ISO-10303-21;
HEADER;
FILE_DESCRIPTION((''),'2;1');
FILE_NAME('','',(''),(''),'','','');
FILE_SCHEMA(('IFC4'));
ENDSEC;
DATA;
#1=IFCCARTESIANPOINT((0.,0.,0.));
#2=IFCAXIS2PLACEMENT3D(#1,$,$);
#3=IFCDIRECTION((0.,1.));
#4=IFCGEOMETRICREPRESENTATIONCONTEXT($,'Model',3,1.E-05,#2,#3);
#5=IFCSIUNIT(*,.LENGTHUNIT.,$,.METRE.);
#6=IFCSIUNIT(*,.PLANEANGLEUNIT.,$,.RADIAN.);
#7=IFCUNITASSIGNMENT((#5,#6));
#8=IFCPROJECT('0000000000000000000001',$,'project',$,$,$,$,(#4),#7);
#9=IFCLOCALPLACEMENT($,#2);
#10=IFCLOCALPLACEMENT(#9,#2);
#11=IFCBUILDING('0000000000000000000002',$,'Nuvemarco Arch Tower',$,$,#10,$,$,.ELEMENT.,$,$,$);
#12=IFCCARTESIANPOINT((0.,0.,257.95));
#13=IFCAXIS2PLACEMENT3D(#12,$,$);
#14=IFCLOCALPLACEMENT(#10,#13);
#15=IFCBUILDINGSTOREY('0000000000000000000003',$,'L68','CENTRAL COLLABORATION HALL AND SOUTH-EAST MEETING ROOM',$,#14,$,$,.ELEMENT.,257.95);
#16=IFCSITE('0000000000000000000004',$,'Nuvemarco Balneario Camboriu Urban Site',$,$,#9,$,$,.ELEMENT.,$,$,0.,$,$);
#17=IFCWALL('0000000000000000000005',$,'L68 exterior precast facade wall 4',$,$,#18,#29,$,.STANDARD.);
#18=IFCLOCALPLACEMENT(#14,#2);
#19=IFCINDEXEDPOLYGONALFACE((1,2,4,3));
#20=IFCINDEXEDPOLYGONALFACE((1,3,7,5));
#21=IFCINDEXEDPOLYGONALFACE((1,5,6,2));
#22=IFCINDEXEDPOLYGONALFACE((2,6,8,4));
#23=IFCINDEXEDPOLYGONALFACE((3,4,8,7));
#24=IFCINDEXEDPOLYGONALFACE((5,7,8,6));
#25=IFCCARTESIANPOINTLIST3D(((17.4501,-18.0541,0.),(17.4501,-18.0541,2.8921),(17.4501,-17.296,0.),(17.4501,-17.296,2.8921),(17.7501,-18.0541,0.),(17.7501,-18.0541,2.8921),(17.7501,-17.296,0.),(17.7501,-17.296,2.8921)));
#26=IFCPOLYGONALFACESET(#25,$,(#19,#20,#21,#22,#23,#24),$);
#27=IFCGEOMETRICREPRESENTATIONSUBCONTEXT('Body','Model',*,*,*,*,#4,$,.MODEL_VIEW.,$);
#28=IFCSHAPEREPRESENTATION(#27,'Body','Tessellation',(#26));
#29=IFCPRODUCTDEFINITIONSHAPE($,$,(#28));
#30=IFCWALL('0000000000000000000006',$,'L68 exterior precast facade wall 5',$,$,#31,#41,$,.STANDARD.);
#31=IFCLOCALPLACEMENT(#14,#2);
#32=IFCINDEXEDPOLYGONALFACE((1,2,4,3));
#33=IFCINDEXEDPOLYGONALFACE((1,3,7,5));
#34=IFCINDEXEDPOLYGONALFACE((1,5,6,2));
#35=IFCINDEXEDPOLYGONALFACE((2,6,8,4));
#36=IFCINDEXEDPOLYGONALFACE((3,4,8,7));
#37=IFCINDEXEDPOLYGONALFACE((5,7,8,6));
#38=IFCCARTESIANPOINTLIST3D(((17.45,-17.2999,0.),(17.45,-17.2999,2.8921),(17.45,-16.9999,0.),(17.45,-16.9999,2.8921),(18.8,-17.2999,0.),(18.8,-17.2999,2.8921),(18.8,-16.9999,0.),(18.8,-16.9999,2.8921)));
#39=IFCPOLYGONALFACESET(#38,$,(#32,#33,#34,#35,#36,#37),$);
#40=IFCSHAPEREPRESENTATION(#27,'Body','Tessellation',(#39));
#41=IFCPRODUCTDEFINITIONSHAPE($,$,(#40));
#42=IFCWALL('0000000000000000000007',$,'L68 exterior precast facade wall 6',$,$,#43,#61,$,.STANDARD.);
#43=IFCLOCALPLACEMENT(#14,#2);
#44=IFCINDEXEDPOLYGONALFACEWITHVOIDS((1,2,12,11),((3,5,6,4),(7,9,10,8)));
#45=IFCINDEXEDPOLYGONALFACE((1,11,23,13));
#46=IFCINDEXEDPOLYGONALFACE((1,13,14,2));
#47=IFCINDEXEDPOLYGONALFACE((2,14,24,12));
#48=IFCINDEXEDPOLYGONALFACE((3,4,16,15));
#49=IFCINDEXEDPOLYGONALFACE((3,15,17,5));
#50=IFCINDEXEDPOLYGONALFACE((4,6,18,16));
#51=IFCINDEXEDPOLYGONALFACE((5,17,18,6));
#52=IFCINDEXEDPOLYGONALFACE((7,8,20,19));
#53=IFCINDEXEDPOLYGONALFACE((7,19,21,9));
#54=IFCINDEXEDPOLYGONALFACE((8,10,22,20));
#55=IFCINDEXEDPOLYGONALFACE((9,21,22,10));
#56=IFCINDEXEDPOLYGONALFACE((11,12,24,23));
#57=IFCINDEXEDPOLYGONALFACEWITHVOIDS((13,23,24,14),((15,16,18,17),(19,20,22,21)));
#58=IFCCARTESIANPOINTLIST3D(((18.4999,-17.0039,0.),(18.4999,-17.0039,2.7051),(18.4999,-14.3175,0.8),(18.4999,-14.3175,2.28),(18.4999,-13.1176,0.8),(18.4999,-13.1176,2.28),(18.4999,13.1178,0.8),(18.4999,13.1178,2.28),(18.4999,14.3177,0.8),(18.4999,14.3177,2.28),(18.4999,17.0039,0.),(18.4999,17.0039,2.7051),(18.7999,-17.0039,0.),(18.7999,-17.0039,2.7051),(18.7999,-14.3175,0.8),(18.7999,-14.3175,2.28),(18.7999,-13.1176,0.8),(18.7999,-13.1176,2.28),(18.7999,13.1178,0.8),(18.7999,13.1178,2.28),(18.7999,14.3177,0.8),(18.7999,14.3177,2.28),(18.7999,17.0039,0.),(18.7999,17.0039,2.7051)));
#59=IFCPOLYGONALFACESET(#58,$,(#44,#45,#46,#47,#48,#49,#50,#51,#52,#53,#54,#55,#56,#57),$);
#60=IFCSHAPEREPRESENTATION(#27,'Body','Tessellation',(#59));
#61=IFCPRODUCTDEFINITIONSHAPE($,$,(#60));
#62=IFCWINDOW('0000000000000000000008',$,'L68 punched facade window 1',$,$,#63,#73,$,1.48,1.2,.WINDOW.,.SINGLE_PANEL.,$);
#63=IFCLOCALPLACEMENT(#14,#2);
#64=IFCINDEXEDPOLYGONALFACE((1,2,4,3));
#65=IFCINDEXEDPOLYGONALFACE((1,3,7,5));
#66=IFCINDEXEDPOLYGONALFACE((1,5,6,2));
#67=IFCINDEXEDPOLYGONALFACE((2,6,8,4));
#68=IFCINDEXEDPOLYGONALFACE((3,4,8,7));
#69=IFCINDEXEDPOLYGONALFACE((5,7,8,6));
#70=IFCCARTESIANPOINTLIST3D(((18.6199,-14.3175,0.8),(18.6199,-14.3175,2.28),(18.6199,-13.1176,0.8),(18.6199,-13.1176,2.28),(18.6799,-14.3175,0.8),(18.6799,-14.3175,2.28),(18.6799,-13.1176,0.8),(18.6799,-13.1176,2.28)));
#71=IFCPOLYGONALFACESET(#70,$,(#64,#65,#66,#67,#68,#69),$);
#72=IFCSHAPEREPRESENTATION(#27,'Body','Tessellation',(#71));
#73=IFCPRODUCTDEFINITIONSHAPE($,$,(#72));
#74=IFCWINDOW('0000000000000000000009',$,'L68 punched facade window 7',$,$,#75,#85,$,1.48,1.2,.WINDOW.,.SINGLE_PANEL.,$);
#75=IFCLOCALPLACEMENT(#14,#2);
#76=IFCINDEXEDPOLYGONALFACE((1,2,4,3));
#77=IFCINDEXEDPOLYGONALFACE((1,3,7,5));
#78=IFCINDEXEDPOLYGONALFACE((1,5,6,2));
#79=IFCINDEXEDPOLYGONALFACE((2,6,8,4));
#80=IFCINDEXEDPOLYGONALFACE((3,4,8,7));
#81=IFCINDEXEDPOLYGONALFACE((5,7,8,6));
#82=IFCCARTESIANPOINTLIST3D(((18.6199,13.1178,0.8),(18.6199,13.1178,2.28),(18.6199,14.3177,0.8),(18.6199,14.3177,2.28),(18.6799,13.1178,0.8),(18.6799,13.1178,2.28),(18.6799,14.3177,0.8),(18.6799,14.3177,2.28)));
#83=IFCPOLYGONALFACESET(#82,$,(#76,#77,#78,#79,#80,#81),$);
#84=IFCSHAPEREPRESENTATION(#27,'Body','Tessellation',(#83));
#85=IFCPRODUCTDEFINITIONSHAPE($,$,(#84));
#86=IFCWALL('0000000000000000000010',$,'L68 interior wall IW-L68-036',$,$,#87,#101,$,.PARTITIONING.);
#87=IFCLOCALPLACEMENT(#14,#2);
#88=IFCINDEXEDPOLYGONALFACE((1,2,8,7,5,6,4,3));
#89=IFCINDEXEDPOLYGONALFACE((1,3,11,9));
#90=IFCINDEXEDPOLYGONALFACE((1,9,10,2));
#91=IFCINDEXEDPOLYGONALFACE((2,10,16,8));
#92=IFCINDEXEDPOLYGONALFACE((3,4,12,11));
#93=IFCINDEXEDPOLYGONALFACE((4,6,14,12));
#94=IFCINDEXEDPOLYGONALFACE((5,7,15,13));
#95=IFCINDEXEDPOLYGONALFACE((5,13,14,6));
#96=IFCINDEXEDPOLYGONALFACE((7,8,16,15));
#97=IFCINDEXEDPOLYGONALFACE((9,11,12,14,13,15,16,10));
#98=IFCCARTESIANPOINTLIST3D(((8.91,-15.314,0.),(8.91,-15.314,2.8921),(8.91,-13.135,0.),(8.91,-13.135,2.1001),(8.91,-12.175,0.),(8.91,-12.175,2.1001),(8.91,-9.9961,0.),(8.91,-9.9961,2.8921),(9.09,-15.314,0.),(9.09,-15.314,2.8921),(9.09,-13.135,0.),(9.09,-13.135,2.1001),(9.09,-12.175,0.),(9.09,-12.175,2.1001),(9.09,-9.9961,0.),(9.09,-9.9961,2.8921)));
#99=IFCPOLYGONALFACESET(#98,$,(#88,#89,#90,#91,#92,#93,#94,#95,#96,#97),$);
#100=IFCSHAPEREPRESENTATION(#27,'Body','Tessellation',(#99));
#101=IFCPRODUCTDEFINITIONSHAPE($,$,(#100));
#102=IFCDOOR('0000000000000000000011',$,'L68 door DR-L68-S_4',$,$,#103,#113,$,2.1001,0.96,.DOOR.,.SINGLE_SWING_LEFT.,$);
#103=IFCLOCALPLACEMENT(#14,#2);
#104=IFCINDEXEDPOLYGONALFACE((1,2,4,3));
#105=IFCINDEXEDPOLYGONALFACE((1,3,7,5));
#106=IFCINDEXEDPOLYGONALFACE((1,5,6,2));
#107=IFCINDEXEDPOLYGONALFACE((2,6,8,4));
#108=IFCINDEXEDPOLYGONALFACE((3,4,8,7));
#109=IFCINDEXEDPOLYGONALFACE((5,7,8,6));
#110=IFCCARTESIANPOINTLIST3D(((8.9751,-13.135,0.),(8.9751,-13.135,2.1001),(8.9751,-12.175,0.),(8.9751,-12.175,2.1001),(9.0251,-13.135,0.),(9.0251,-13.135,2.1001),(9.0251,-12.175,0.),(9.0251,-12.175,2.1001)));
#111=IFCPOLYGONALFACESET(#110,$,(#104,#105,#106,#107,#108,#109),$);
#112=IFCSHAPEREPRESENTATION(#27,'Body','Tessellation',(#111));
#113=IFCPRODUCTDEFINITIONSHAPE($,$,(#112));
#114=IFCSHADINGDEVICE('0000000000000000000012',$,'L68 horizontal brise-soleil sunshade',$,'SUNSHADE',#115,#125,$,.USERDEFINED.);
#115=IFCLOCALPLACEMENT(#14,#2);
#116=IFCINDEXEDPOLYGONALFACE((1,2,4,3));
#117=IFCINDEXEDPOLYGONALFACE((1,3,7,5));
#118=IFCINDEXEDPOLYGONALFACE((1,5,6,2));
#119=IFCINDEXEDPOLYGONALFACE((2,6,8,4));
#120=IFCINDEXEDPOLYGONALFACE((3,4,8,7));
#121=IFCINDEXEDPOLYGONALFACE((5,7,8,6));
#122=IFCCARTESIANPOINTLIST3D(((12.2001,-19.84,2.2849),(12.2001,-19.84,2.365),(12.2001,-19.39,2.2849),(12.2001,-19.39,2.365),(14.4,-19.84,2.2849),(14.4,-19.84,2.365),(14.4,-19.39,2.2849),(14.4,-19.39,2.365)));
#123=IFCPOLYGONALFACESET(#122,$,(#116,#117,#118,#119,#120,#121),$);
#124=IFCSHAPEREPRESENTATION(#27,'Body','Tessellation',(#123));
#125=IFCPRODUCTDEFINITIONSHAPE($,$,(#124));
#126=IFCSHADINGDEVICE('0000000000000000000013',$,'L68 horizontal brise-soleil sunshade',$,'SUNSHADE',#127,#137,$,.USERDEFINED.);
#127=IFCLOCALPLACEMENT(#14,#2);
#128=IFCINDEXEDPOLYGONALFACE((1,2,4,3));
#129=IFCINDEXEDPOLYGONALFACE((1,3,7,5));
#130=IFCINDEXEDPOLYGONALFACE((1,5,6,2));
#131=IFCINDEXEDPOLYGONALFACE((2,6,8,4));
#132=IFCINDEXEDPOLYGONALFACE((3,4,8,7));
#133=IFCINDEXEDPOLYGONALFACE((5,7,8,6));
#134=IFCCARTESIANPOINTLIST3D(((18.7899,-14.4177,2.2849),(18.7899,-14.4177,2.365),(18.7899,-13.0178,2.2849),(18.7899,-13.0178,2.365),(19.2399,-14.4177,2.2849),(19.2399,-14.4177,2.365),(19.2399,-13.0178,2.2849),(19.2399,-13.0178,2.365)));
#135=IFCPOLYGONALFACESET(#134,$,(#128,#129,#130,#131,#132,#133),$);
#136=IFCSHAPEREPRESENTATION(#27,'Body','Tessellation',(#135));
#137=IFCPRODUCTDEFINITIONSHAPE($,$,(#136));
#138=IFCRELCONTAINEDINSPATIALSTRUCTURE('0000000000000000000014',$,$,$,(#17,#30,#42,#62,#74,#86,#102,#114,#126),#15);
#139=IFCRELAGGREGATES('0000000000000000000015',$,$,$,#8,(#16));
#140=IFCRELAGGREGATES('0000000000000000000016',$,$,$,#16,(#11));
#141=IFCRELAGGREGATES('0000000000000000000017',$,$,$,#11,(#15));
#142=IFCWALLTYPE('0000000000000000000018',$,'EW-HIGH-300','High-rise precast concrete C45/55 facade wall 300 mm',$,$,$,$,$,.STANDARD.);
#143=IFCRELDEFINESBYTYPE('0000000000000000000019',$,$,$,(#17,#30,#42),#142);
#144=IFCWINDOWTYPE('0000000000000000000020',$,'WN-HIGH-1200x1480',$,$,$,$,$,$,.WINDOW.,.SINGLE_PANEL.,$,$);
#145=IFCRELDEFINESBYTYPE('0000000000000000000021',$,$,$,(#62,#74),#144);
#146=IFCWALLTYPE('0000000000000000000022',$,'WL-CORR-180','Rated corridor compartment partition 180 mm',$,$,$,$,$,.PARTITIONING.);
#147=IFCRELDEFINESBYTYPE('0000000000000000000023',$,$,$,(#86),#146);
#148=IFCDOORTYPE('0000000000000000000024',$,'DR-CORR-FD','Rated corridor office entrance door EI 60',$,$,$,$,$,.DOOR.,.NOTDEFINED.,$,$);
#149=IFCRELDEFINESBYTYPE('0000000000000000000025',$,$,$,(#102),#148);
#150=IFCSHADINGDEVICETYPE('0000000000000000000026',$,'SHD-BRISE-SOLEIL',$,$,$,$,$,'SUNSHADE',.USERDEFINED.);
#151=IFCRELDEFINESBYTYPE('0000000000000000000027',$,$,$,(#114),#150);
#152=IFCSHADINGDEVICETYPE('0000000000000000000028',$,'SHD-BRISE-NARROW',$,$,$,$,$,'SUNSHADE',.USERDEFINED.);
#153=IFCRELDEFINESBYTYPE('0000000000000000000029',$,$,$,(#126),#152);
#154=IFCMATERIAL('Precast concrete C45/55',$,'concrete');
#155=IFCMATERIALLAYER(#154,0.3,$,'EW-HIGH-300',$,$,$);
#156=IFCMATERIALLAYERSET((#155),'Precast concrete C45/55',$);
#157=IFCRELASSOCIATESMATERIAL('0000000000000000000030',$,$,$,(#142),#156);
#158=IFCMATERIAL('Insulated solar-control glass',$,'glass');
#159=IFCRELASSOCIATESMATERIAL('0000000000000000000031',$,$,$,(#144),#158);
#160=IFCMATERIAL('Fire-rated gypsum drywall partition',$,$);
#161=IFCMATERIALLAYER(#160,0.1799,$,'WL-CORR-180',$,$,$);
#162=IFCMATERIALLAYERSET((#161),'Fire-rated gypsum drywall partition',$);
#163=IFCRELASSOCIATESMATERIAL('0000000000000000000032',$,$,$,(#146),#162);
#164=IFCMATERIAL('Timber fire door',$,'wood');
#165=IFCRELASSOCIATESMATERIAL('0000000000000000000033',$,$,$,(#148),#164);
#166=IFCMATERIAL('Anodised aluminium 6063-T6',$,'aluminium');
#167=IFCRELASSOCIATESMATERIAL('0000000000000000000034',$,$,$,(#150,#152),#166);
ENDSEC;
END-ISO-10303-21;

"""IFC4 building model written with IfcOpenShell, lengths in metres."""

from ifc_helpers import new_model, si_unit, direction, frame, frame_2d, origin, origin_2d, place, context, subcontext, project, spatial, rectangle, extrude, source, transform, mapped, material, layer, layer_set, type_object, type_shapes, element, fill, save


model = new_model("IFC4")

# Units and contexts
model_context = context("Model", 3, precision=1e-05, world=origin(), true_north=direction((0.0, 1.0)))
body_context = subcontext(model_context, "Body", "Model", "MODEL_VIEW")
ifc_project = project(units=[si_unit("LENGTHUNIT", "METRE"), si_unit("PLANEANGLEUNIT", "RADIAN")], contexts=[model_context])

# Site, building, storey
site_placement = place(None, origin())
site = spatial("IfcSite", under=ifc_project, at=site_placement, Name="Nuvemarco Balneario Camboriu Urban Site", CompositionType="ELEMENT", RefElevation=0.0)
building_placement = place(site_placement, origin())
building = spatial("IfcBuilding", under=site, at=building_placement, Name="Nuvemarco Arch Tower", CompositionType="ELEMENT")
storey_placement = place(building_placement, frame((0.0, 0.0, 257.95)))
storey = spatial("IfcBuildingStorey", under=building, at=storey_placement, Name="L68", Description="CENTRAL COLLABORATION HALL AND SOUTH-EAST MEETING ROOM", CompositionType="ELEMENT", Elevation=257.95)

# Shared definitions
ifc_material_1 = material(Name="Precast concrete C45/55", Category="concrete")

# Walls
ifc_layer_1 = layer(ifc_material_1, 0.3, Name="EW-HIGH-300")
ifc_layer_set_1 = layer_set([ifc_layer_1], Name="Precast concrete C45/55")
wall_type_1 = type_object("IfcWallType", Name="EW-HIGH-300", Description="High-rise precast concrete C45/55 facade wall 300 mm", PredefinedType="STANDARD", material=ifc_layer_set_1)
wall_1_placement = place(storey_placement, frame((17.6001, -18.054, 0.0), z_axis=(0.0, 0.0, 1.0), x_axis=(0.0, 1.0, 0.0)))
element("IfcWall", 1, at=wall_1_placement, inside=storey, type_object=wall_type_1, Name="L68 exterior precast facade wall 4", PredefinedType="STANDARD", context=body_context, shape_type="SweptSolid", body=[
    extrude(rectangle(XDim=0.7581, YDim=0.3, at=frame_2d((0.3789, 0.0))), origin(), (0.0, 0.0, 1.0), 2.8921),
])
wall_2_placement = place(storey_placement, frame((17.45, -17.1499, 0.0), z_axis=(0.0, 0.0, 1.0), x_axis=(1.0, 0.0, 0.0)))
element("IfcWall", 2, at=wall_2_placement, inside=storey, type_object=wall_type_1, Name="L68 exterior precast facade wall 5", PredefinedType="STANDARD", context=body_context, shape_type="SweptSolid", body=[
    extrude(rectangle(XDim=1.3501, YDim=0.3, at=frame_2d((0.675, 0.0))), origin(), (0.0, 0.0, 1.0), 2.8921),
])

# Wall, openings, windows
wall_3_placement = place(storey_placement, frame((18.6499, -17.0039, 0.0), z_axis=(0.0, 0.0, 1.0), x_axis=(0.0, 1.0, 0.0)))
wall_3 = element("IfcWall", 3, at=wall_3_placement, inside=storey, type_object=wall_type_1, Name="L68 exterior precast facade wall 6", PredefinedType="STANDARD", context=body_context, shape_type="SweptSolid", body=[
    extrude(rectangle(XDim=34.0078, YDim=0.3, at=frame_2d((17.0039, 0.0))), origin(), (0.0, 0.0, 1.0), 2.7051),
])
opening_1_placement = place(wall_3_placement, frame((2.6863, 0.0, 0.8)))
opening_1 = element("IfcOpeningElement", 4, at=opening_1_placement, cuts=wall_3, PredefinedType="OPENING", context=body_context, shape_type="SweptSolid", body=[
    extrude(rectangle(XDim=1.2, YDim=1.48, at=frame_2d((0.6001, 0.74))), frame((0.0, 0.1599, 0.0), z_axis=(0.0, -1.0, 0.0), x_axis=(1.0, 0.0, 0.0)), (0.0, 0.0, 1.0), 0.3201),
])
opening_2_placement = place(wall_3_placement, frame((30.1216, 0.0, 0.8)))
opening_2 = element("IfcOpeningElement", 5, at=opening_2_placement, cuts=wall_3, PredefinedType="OPENING", context=body_context, shape_type="SweptSolid", body=[
    extrude(rectangle(XDim=1.2, YDim=1.48, at=frame_2d((0.6001, 0.74))), frame((0.0, 0.1599, 0.0), z_axis=(0.0, -1.0, 0.0), x_axis=(1.0, 0.0, 0.0)), (0.0, 0.0, 1.0), 0.3201),
])
ifc_material_2 = material(Name="Insulated solar-control glass", Category="glass")
window_type = type_object("IfcWindowType", Name="WN-HIGH-1200x1480", PartitioningType="SINGLE_PANEL", PredefinedType="WINDOW", material=ifc_material_2)
shared_shape_1 = source(origin(), body_context, "Body", "SweptSolid", [
    extrude(rectangle(XDim=1.2, YDim=1.48, at=frame_2d((0.6001, 0.74))), frame((0.0, 0.03, 0.0), z_axis=(0.0, -1.0, 0.0), x_axis=(1.0, 0.0, 0.0)), (0.0, 0.0, 1.0), 0.0601),
])
type_shapes(window_type, [shared_shape_1])
window_1_placement = place(opening_1_placement, origin())
window_1 = element("IfcWindow", 6, at=window_1_placement, inside=storey, type_object=window_type, Name="L68 punched facade window 1", OverallHeight=1.48, OverallWidth=1.2, PartitioningType="SINGLE_PANEL", PredefinedType="WINDOW", context=body_context, shape_type="MappedRepresentation", body=[
    mapped(shared_shape_1, transform((0.0, 0.0, 0.0), scale=1.0)),
])
fill(opening_1, window_1)
window_2_placement = place(opening_2_placement, origin())
window_2 = element("IfcWindow", 7, at=window_2_placement, inside=storey, type_object=window_type, Name="L68 punched facade window 7", OverallHeight=1.48, OverallWidth=1.2, PartitioningType="SINGLE_PANEL", PredefinedType="WINDOW", context=body_context, shape_type="MappedRepresentation", body=[
    mapped(shared_shape_1, transform((0.0, 0.0, 0.0), scale=1.0)),
])
fill(opening_2, window_2)

# Wall, opening, door
ifc_material_3 = material(Name="Fire-rated gypsum drywall partition")
ifc_layer_2 = layer(ifc_material_3, 0.1799, Name="WL-CORR-180")
ifc_layer_set_2 = layer_set([ifc_layer_2], Name="Fire-rated gypsum drywall partition")
wall_type_2 = type_object("IfcWallType", Name="WL-CORR-180", Description="Rated corridor compartment partition 180 mm", PredefinedType="PARTITIONING", material=ifc_layer_set_2)
wall_4_placement = place(storey_placement, frame((9.0, -15.314, 0.0), z_axis=(0.0, 0.0, 1.0), x_axis=(0.0, 1.0, 0.0)))
wall_4 = element("IfcWall", 8, at=wall_4_placement, inside=storey, type_object=wall_type_2, Name="L68 interior wall IW-L68-036", PredefinedType="PARTITIONING", context=body_context, shape_type="SweptSolid", body=[
    extrude(rectangle(XDim=5.3179, YDim=0.1799, at=frame_2d((2.6589, 0.0))), origin(), (0.0, 0.0, 1.0), 2.8921),
])
opening_3_placement = place(wall_4_placement, frame((2.179, 0.0, 0.0)))
opening_3 = element("IfcOpeningElement", 9, at=opening_3_placement, cuts=wall_4, PredefinedType="OPENING", context=body_context, shape_type="SweptSolid", body=[
    extrude(rectangle(XDim=0.96, YDim=2.1001, at=frame_2d((0.48, 1.05))), frame((0.0, 0.0999, 0.0), z_axis=(0.0, -1.0, 0.0), x_axis=(1.0, 0.0, 0.0)), (0.0, 0.0, 1.0), 0.2),
])
ifc_material_4 = material(Name="Timber fire door", Category="wood")
door_type = type_object("IfcDoorType", Name="DR-CORR-FD", Description="Rated corridor office entrance door EI 60", OperationType="NOTDEFINED", PredefinedType="DOOR", material=ifc_material_4)
shared_shape_2 = source(origin(), body_context, "Body", "SweptSolid", [
    extrude(rectangle(XDim=0.96, YDim=2.1001, at=frame_2d((0.48, 1.05))), frame((0.0, 0.0249, 0.0), z_axis=(0.0, -1.0, 0.0), x_axis=(1.0, 0.0, 0.0)), (0.0, 0.0, 1.0), 0.05),
])
type_shapes(door_type, [shared_shape_2])
door_placement = place(opening_3_placement, origin())
door = element("IfcDoor", 10, at=door_placement, inside=storey, type_object=door_type, Name="L68 door DR-L68-S_4", OperationType="SINGLE_SWING_LEFT", OverallHeight=2.1001, OverallWidth=0.96, PredefinedType="DOOR", context=body_context, shape_type="MappedRepresentation", body=[
    mapped(shared_shape_2, transform((0.0, 0.0, 0.0), scale=1.0)),
])
fill(opening_3, door)

# Shading devices
ifc_material_5 = material(Name="Anodised aluminium 6063-T6", Category="aluminium")
shading_device_type_1 = type_object("IfcShadingDeviceType", Name="SHD-BRISE-SOLEIL", ElementType="SUNSHADE", PredefinedType="USERDEFINED", material=ifc_material_5)
shared_shape_3 = source(origin(), body_context, "Body", "SweptSolid", [
    extrude(rectangle(XDim=2.2, YDim=0.45, at=origin_2d()), origin(), (0.0, 0.0, 1.0), 0.0801),
])
type_shapes(shading_device_type_1, [shared_shape_3])
shading_device_1_placement = place(storey_placement, frame((13.3, -19.615, 2.2849), z_axis=(0.0, 0.0, 1.0), x_axis=(1.0, 0.0, 0.0)))
element("IfcShadingDevice", 11, at=shading_device_1_placement, inside=storey, type_object=shading_device_type_1, Name="L68 horizontal brise-soleil sunshade", ObjectType="SUNSHADE", PredefinedType="USERDEFINED", context=body_context, shape_type="MappedRepresentation", body=[
    mapped(shared_shape_3, transform((0.0, 0.0, 0.0), scale=1.0)),
])
shading_device_type_2 = type_object("IfcShadingDeviceType", Name="SHD-BRISE-NARROW", ElementType="SUNSHADE", PredefinedType="USERDEFINED", material=ifc_material_5)
shared_shape_4 = source(origin(), body_context, "Body", "SweptSolid", [
    extrude(rectangle(XDim=1.3999, YDim=0.45, at=origin_2d()), origin(), (0.0, 0.0, 1.0), 0.0801),
])
type_shapes(shading_device_type_2, [shared_shape_4])
shading_device_2_placement = place(storey_placement, frame((19.0149, -13.7178, 2.2849), z_axis=(0.0, 0.0, 1.0), x_axis=(0.0, 1.0, 0.0)))
element("IfcShadingDevice", 12, at=shading_device_2_placement, inside=storey, type_object=shading_device_type_2, Name="L68 horizontal brise-soleil sunshade", ObjectType="SUNSHADE", PredefinedType="USERDEFINED", context=body_context, shape_type="MappedRepresentation", body=[
    mapped(shared_shape_4, transform((0.0, 0.0, 0.0), scale=1.0)),
])

save(model, "model.ifc")
